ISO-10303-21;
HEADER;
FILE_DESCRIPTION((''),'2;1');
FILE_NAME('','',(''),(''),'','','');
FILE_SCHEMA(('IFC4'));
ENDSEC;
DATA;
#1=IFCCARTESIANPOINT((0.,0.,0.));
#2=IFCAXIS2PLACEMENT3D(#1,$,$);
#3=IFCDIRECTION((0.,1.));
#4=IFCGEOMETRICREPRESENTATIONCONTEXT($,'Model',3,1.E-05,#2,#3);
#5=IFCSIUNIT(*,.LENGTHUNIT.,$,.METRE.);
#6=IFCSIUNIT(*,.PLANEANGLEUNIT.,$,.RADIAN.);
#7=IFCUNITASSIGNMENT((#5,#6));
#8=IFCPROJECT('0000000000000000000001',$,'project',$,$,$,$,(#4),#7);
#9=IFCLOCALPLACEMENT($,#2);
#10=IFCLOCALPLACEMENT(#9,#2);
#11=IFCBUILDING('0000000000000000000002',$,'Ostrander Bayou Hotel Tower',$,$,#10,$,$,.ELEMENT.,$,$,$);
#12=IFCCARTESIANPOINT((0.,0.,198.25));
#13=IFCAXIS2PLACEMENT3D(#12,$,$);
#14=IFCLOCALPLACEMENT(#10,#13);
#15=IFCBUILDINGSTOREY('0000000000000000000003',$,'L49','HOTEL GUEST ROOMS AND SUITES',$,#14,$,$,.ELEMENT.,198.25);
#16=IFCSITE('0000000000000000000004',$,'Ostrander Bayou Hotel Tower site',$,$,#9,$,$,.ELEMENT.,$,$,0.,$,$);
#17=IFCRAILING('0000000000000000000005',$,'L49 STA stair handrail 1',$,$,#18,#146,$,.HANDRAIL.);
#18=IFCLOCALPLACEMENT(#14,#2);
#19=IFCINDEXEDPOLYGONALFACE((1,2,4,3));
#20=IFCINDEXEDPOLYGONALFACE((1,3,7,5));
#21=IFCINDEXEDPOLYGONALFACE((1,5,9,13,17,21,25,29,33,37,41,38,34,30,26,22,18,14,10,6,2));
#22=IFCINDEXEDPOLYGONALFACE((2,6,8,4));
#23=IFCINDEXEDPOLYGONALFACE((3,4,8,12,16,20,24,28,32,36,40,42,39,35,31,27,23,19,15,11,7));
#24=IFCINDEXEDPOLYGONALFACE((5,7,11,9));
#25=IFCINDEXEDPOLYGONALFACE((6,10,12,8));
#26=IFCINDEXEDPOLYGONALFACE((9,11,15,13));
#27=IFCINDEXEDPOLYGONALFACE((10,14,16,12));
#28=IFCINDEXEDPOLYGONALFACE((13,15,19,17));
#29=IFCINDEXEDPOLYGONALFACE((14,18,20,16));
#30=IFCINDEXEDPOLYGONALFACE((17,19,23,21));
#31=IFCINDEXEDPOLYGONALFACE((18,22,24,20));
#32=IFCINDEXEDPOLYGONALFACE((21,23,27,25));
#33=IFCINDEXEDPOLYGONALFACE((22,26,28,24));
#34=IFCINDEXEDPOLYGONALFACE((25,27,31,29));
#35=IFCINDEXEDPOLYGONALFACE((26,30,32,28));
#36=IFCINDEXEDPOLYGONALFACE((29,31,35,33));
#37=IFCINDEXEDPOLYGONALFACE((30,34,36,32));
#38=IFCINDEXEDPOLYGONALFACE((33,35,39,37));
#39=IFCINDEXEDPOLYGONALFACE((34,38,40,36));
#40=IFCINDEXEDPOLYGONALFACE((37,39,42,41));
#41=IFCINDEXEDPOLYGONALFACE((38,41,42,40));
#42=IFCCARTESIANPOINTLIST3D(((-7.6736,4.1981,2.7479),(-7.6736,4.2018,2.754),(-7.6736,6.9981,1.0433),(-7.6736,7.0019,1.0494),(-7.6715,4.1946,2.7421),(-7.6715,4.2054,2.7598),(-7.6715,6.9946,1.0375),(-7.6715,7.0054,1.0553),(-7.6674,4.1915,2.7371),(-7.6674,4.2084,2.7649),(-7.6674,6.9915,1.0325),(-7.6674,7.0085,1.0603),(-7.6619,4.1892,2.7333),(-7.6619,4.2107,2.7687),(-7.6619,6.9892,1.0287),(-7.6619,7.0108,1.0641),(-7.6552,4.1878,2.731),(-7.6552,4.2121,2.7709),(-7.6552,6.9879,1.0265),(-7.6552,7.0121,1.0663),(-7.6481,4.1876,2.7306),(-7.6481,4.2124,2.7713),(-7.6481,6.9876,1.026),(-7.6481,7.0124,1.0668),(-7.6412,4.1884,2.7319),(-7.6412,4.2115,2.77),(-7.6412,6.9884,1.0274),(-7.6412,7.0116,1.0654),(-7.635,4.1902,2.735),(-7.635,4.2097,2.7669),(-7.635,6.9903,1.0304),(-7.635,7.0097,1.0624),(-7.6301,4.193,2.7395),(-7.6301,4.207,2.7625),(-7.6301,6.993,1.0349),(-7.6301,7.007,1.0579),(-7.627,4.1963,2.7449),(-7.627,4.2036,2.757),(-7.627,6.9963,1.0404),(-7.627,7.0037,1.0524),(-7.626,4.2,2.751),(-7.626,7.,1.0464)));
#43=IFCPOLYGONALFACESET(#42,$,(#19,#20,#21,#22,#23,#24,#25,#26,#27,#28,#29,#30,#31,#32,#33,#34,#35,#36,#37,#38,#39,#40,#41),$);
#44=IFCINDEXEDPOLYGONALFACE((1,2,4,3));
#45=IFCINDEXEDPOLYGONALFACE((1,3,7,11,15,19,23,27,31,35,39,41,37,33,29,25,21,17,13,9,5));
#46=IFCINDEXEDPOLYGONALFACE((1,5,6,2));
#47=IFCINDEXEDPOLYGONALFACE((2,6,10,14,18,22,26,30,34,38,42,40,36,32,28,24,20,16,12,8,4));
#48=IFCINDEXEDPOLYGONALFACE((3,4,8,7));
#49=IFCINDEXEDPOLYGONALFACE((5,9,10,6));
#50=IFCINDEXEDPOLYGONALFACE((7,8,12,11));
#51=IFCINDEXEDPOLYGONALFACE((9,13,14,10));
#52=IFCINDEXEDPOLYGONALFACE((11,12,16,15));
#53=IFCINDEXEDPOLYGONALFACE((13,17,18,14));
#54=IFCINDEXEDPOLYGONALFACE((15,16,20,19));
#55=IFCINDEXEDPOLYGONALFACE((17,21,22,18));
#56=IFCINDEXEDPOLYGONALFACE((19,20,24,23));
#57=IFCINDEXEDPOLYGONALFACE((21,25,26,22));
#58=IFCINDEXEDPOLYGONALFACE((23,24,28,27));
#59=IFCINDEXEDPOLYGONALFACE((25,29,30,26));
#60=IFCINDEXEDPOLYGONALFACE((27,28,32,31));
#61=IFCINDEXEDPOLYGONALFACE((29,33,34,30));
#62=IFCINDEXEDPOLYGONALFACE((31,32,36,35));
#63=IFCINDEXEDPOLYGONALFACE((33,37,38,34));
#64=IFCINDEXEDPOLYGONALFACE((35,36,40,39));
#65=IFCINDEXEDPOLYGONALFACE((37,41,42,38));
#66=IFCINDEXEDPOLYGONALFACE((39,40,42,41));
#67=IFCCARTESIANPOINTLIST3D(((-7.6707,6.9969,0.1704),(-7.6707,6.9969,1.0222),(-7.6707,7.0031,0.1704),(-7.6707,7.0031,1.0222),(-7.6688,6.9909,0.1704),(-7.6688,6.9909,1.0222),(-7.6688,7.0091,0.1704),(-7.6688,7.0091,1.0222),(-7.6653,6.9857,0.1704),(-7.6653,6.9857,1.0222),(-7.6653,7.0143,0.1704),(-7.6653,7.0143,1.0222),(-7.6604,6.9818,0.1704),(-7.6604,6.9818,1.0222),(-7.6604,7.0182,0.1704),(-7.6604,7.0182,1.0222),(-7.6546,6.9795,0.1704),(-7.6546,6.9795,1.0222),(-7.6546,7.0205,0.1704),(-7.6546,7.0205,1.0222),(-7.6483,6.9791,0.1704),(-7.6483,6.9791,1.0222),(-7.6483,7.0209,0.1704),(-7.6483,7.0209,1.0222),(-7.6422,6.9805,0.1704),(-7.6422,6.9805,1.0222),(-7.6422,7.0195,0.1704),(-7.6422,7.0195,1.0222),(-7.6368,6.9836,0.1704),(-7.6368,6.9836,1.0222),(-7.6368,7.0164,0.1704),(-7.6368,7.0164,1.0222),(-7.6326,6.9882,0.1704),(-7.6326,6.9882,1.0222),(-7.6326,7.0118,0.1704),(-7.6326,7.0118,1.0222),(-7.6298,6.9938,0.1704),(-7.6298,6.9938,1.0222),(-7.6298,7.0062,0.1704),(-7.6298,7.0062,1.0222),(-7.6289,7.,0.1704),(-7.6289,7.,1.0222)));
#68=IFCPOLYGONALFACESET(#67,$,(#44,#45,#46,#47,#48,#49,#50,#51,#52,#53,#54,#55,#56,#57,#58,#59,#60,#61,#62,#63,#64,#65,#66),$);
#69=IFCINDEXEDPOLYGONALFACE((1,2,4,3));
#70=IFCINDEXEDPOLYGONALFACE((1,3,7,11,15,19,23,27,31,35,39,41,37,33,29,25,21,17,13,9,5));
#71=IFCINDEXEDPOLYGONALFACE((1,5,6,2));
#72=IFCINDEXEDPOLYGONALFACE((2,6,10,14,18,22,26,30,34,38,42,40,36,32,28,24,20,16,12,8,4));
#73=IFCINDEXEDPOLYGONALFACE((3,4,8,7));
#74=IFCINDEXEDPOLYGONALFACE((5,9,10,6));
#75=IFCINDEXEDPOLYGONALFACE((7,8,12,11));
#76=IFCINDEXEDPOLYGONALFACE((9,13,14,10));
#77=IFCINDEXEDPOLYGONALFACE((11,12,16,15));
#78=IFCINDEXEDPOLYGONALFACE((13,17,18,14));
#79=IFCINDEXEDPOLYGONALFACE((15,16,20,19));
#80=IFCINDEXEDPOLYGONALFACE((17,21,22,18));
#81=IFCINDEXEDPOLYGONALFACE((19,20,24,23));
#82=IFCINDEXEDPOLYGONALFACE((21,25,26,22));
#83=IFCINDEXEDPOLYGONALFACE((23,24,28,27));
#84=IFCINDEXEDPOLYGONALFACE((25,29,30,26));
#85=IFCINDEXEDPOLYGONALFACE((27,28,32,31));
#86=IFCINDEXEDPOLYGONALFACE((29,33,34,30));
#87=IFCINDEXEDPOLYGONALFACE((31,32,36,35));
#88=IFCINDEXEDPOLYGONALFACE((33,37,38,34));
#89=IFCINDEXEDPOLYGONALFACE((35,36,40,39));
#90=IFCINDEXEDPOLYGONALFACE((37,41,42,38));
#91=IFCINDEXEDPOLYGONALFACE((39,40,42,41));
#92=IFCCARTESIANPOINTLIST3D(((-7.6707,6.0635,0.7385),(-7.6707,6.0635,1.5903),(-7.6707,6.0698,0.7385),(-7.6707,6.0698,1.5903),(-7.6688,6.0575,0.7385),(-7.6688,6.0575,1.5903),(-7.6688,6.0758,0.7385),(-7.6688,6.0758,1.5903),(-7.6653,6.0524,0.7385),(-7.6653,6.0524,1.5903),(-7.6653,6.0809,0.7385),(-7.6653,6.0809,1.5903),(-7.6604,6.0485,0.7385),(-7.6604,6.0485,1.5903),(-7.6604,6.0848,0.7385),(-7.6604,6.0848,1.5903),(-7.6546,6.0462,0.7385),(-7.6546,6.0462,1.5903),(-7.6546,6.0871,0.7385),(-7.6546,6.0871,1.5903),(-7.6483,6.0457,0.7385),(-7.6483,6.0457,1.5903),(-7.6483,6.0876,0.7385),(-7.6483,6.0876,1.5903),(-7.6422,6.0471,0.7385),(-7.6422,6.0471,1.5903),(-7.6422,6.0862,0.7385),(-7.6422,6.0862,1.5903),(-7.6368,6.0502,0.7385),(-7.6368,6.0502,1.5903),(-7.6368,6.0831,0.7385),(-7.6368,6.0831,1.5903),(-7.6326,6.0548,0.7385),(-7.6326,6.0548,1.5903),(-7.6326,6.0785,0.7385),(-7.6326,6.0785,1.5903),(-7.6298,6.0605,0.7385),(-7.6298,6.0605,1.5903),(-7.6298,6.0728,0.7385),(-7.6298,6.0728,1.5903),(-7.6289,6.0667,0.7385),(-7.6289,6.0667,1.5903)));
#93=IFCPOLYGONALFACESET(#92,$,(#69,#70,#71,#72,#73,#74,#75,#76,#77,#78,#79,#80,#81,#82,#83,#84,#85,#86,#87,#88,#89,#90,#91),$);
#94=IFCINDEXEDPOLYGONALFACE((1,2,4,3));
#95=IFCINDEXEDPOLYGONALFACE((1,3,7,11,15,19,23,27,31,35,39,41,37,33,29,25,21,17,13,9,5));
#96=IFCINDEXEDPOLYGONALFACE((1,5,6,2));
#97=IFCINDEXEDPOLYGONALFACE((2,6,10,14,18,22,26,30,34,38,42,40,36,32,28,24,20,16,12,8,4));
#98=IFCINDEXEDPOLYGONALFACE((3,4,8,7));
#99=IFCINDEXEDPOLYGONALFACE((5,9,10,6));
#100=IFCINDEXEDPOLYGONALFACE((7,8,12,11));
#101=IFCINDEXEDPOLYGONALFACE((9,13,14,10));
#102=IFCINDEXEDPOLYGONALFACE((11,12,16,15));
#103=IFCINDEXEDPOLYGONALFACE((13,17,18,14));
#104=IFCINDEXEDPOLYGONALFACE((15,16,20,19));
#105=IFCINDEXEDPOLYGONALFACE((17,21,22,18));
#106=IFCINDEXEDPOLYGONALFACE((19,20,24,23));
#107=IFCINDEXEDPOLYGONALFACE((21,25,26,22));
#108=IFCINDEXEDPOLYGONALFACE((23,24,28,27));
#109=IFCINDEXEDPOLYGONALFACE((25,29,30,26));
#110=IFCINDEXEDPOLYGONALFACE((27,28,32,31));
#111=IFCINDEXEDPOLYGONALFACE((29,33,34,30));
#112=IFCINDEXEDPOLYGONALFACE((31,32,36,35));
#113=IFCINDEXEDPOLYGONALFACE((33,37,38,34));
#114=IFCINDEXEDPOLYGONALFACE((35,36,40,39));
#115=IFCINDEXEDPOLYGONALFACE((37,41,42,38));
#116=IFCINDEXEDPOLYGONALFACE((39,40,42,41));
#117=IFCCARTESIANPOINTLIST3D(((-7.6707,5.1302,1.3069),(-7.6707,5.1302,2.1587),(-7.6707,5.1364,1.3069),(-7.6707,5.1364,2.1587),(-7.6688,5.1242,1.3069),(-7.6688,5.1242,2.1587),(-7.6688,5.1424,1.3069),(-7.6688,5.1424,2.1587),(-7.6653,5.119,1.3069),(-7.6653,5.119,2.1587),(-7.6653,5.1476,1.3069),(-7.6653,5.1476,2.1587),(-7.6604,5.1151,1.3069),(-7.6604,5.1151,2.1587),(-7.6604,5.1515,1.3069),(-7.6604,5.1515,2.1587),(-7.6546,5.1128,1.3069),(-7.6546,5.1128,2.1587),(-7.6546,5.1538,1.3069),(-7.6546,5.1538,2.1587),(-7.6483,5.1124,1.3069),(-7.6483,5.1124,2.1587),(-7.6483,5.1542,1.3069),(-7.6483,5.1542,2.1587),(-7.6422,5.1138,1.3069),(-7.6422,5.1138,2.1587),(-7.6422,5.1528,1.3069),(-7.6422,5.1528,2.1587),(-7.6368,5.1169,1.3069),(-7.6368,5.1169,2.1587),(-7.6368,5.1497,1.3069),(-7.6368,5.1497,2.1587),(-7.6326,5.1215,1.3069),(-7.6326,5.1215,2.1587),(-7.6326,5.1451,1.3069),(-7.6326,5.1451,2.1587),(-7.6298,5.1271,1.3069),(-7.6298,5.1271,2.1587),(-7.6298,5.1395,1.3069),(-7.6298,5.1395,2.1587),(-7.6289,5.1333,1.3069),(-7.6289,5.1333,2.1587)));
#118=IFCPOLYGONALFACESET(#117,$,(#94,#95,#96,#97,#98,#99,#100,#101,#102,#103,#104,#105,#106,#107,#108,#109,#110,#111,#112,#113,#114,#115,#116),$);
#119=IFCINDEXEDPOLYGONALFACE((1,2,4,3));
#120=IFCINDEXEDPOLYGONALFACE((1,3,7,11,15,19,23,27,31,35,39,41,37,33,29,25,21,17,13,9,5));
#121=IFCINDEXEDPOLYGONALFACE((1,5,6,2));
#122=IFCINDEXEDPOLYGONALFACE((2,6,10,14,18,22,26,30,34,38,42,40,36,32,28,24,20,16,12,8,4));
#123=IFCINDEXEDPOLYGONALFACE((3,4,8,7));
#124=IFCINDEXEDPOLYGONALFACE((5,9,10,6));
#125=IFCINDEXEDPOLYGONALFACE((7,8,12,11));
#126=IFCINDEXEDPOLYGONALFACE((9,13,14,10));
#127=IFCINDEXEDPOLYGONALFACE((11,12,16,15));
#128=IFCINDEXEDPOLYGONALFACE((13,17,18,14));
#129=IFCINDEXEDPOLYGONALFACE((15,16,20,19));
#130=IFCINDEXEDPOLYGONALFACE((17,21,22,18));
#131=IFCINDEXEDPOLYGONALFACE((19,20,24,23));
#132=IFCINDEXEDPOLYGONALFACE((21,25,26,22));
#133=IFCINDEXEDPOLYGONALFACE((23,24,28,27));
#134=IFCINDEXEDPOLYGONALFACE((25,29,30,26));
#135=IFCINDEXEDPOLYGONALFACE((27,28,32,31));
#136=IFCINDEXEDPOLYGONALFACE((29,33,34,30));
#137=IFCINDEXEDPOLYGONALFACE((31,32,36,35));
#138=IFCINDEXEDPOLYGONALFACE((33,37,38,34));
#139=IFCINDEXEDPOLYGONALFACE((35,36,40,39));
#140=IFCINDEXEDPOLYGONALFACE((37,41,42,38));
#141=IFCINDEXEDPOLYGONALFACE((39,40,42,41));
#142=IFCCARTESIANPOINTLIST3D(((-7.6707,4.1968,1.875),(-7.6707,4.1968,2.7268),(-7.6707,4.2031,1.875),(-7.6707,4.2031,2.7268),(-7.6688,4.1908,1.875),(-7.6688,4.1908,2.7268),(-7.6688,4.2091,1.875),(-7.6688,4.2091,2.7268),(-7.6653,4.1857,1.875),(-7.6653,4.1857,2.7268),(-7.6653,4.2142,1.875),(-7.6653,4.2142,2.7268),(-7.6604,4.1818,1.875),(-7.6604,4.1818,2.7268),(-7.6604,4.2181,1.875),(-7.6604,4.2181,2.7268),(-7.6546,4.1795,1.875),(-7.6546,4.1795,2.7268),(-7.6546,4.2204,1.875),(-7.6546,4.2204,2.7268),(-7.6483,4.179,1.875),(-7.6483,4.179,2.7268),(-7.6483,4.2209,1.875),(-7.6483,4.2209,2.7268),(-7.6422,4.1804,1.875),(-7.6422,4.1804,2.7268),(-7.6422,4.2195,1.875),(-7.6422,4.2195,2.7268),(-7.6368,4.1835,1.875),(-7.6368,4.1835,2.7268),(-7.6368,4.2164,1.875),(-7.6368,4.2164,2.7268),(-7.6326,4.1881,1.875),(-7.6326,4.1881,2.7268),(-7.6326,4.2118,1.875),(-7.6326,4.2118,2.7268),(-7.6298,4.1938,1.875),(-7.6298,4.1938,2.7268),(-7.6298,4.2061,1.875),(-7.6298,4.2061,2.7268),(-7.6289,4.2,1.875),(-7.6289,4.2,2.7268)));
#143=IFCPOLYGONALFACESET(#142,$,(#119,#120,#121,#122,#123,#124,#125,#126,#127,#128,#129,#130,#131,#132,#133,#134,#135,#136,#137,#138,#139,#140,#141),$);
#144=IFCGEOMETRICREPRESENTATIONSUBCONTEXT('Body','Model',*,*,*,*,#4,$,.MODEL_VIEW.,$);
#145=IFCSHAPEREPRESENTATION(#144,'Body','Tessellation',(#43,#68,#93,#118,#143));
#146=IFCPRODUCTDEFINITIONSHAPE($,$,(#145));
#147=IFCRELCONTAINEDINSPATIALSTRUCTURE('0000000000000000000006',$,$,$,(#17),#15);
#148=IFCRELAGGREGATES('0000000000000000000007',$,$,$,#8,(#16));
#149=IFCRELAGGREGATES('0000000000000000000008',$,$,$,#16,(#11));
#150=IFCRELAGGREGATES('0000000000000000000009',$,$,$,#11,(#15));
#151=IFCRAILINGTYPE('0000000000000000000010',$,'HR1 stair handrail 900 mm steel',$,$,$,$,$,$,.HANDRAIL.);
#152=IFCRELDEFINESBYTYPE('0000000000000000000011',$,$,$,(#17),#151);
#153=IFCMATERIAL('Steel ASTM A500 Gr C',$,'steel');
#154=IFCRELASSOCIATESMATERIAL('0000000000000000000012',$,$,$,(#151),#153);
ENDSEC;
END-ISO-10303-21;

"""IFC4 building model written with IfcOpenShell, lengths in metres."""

from ifc_helpers import new_model, si_unit, direction, frame, origin, origin_2d, place, context, subcontext, project, spatial, circle, extrude, material, type_object, element, save


model = new_model("IFC4")

# Units and contexts
model_context = context("Model", 3, precision=1e-05, world=origin(), true_north=direction((0.0, 1.0)))
body_context = subcontext(model_context, "Body", "Model", "MODEL_VIEW")
ifc_project = project(units=[si_unit("LENGTHUNIT", "METRE"), si_unit("PLANEANGLEUNIT", "RADIAN")], contexts=[model_context])

# Site, building, storey
site_placement = place(None, origin())
site = spatial("IfcSite", under=ifc_project, at=site_placement, Name="Ostrander Bayou Hotel Tower site", CompositionType="ELEMENT", RefElevation=0.0)
building_placement = place(site_placement, origin())
building = spatial("IfcBuilding", under=site, at=building_placement, Name="Ostrander Bayou Hotel Tower", CompositionType="ELEMENT")
storey_placement = place(building_placement, frame((0.0, 0.0, 198.25)))
storey = spatial("IfcBuildingStorey", under=building, at=storey_placement, Name="L49", Description="HOTEL GUEST ROOMS AND SUITES", CompositionType="ELEMENT", Elevation=198.25)

# Railing
ifc_material_1 = material(Name="Steel ASTM A500 Gr C", Category="steel")
railing_type_1 = type_object("IfcRailingType", Name="HR1 stair handrail 900 mm steel", PredefinedType="HANDRAIL", material=ifc_material_1)
railing_1_placement = place(storey_placement, frame((-7.6499, 7.0, 0.1704)))
element("IfcRailing", 1, at=railing_1_placement, inside=storey, type_object=railing_type_1, Name="L49 STA stair handrail 1", PredefinedType="HANDRAIL", context=body_context, shape_type="SweptSolid", body=[
    extrude(circle(Radius=0.0239, at=origin_2d()), frame((0.0, 0.0, 0.876), z_axis=(0.0, -0.85417, 0.519994), x_axis=(1.0, 0.0, 0.0)), (0.0, 0.0, 1.0), 3.2781),
    extrude(circle(Radius=0.021, at=origin_2d()), origin(), (0.0, 0.0, 1.0), 0.8518),
    extrude(circle(Radius=0.021, at=origin_2d()), frame((0.0, -0.9333, 0.5681)), (0.0, 0.0, 1.0), 0.8518),
    extrude(circle(Radius=0.021, at=origin_2d()), frame((0.0, -1.8667, 1.1365)), (0.0, 0.0, 1.0), 0.8518),
    extrude(circle(Radius=0.021, at=origin_2d()), frame((0.0, -2.8, 1.7046)), (0.0, 0.0, 1.0), 0.8518),
])

save(model, "model.ifc")
